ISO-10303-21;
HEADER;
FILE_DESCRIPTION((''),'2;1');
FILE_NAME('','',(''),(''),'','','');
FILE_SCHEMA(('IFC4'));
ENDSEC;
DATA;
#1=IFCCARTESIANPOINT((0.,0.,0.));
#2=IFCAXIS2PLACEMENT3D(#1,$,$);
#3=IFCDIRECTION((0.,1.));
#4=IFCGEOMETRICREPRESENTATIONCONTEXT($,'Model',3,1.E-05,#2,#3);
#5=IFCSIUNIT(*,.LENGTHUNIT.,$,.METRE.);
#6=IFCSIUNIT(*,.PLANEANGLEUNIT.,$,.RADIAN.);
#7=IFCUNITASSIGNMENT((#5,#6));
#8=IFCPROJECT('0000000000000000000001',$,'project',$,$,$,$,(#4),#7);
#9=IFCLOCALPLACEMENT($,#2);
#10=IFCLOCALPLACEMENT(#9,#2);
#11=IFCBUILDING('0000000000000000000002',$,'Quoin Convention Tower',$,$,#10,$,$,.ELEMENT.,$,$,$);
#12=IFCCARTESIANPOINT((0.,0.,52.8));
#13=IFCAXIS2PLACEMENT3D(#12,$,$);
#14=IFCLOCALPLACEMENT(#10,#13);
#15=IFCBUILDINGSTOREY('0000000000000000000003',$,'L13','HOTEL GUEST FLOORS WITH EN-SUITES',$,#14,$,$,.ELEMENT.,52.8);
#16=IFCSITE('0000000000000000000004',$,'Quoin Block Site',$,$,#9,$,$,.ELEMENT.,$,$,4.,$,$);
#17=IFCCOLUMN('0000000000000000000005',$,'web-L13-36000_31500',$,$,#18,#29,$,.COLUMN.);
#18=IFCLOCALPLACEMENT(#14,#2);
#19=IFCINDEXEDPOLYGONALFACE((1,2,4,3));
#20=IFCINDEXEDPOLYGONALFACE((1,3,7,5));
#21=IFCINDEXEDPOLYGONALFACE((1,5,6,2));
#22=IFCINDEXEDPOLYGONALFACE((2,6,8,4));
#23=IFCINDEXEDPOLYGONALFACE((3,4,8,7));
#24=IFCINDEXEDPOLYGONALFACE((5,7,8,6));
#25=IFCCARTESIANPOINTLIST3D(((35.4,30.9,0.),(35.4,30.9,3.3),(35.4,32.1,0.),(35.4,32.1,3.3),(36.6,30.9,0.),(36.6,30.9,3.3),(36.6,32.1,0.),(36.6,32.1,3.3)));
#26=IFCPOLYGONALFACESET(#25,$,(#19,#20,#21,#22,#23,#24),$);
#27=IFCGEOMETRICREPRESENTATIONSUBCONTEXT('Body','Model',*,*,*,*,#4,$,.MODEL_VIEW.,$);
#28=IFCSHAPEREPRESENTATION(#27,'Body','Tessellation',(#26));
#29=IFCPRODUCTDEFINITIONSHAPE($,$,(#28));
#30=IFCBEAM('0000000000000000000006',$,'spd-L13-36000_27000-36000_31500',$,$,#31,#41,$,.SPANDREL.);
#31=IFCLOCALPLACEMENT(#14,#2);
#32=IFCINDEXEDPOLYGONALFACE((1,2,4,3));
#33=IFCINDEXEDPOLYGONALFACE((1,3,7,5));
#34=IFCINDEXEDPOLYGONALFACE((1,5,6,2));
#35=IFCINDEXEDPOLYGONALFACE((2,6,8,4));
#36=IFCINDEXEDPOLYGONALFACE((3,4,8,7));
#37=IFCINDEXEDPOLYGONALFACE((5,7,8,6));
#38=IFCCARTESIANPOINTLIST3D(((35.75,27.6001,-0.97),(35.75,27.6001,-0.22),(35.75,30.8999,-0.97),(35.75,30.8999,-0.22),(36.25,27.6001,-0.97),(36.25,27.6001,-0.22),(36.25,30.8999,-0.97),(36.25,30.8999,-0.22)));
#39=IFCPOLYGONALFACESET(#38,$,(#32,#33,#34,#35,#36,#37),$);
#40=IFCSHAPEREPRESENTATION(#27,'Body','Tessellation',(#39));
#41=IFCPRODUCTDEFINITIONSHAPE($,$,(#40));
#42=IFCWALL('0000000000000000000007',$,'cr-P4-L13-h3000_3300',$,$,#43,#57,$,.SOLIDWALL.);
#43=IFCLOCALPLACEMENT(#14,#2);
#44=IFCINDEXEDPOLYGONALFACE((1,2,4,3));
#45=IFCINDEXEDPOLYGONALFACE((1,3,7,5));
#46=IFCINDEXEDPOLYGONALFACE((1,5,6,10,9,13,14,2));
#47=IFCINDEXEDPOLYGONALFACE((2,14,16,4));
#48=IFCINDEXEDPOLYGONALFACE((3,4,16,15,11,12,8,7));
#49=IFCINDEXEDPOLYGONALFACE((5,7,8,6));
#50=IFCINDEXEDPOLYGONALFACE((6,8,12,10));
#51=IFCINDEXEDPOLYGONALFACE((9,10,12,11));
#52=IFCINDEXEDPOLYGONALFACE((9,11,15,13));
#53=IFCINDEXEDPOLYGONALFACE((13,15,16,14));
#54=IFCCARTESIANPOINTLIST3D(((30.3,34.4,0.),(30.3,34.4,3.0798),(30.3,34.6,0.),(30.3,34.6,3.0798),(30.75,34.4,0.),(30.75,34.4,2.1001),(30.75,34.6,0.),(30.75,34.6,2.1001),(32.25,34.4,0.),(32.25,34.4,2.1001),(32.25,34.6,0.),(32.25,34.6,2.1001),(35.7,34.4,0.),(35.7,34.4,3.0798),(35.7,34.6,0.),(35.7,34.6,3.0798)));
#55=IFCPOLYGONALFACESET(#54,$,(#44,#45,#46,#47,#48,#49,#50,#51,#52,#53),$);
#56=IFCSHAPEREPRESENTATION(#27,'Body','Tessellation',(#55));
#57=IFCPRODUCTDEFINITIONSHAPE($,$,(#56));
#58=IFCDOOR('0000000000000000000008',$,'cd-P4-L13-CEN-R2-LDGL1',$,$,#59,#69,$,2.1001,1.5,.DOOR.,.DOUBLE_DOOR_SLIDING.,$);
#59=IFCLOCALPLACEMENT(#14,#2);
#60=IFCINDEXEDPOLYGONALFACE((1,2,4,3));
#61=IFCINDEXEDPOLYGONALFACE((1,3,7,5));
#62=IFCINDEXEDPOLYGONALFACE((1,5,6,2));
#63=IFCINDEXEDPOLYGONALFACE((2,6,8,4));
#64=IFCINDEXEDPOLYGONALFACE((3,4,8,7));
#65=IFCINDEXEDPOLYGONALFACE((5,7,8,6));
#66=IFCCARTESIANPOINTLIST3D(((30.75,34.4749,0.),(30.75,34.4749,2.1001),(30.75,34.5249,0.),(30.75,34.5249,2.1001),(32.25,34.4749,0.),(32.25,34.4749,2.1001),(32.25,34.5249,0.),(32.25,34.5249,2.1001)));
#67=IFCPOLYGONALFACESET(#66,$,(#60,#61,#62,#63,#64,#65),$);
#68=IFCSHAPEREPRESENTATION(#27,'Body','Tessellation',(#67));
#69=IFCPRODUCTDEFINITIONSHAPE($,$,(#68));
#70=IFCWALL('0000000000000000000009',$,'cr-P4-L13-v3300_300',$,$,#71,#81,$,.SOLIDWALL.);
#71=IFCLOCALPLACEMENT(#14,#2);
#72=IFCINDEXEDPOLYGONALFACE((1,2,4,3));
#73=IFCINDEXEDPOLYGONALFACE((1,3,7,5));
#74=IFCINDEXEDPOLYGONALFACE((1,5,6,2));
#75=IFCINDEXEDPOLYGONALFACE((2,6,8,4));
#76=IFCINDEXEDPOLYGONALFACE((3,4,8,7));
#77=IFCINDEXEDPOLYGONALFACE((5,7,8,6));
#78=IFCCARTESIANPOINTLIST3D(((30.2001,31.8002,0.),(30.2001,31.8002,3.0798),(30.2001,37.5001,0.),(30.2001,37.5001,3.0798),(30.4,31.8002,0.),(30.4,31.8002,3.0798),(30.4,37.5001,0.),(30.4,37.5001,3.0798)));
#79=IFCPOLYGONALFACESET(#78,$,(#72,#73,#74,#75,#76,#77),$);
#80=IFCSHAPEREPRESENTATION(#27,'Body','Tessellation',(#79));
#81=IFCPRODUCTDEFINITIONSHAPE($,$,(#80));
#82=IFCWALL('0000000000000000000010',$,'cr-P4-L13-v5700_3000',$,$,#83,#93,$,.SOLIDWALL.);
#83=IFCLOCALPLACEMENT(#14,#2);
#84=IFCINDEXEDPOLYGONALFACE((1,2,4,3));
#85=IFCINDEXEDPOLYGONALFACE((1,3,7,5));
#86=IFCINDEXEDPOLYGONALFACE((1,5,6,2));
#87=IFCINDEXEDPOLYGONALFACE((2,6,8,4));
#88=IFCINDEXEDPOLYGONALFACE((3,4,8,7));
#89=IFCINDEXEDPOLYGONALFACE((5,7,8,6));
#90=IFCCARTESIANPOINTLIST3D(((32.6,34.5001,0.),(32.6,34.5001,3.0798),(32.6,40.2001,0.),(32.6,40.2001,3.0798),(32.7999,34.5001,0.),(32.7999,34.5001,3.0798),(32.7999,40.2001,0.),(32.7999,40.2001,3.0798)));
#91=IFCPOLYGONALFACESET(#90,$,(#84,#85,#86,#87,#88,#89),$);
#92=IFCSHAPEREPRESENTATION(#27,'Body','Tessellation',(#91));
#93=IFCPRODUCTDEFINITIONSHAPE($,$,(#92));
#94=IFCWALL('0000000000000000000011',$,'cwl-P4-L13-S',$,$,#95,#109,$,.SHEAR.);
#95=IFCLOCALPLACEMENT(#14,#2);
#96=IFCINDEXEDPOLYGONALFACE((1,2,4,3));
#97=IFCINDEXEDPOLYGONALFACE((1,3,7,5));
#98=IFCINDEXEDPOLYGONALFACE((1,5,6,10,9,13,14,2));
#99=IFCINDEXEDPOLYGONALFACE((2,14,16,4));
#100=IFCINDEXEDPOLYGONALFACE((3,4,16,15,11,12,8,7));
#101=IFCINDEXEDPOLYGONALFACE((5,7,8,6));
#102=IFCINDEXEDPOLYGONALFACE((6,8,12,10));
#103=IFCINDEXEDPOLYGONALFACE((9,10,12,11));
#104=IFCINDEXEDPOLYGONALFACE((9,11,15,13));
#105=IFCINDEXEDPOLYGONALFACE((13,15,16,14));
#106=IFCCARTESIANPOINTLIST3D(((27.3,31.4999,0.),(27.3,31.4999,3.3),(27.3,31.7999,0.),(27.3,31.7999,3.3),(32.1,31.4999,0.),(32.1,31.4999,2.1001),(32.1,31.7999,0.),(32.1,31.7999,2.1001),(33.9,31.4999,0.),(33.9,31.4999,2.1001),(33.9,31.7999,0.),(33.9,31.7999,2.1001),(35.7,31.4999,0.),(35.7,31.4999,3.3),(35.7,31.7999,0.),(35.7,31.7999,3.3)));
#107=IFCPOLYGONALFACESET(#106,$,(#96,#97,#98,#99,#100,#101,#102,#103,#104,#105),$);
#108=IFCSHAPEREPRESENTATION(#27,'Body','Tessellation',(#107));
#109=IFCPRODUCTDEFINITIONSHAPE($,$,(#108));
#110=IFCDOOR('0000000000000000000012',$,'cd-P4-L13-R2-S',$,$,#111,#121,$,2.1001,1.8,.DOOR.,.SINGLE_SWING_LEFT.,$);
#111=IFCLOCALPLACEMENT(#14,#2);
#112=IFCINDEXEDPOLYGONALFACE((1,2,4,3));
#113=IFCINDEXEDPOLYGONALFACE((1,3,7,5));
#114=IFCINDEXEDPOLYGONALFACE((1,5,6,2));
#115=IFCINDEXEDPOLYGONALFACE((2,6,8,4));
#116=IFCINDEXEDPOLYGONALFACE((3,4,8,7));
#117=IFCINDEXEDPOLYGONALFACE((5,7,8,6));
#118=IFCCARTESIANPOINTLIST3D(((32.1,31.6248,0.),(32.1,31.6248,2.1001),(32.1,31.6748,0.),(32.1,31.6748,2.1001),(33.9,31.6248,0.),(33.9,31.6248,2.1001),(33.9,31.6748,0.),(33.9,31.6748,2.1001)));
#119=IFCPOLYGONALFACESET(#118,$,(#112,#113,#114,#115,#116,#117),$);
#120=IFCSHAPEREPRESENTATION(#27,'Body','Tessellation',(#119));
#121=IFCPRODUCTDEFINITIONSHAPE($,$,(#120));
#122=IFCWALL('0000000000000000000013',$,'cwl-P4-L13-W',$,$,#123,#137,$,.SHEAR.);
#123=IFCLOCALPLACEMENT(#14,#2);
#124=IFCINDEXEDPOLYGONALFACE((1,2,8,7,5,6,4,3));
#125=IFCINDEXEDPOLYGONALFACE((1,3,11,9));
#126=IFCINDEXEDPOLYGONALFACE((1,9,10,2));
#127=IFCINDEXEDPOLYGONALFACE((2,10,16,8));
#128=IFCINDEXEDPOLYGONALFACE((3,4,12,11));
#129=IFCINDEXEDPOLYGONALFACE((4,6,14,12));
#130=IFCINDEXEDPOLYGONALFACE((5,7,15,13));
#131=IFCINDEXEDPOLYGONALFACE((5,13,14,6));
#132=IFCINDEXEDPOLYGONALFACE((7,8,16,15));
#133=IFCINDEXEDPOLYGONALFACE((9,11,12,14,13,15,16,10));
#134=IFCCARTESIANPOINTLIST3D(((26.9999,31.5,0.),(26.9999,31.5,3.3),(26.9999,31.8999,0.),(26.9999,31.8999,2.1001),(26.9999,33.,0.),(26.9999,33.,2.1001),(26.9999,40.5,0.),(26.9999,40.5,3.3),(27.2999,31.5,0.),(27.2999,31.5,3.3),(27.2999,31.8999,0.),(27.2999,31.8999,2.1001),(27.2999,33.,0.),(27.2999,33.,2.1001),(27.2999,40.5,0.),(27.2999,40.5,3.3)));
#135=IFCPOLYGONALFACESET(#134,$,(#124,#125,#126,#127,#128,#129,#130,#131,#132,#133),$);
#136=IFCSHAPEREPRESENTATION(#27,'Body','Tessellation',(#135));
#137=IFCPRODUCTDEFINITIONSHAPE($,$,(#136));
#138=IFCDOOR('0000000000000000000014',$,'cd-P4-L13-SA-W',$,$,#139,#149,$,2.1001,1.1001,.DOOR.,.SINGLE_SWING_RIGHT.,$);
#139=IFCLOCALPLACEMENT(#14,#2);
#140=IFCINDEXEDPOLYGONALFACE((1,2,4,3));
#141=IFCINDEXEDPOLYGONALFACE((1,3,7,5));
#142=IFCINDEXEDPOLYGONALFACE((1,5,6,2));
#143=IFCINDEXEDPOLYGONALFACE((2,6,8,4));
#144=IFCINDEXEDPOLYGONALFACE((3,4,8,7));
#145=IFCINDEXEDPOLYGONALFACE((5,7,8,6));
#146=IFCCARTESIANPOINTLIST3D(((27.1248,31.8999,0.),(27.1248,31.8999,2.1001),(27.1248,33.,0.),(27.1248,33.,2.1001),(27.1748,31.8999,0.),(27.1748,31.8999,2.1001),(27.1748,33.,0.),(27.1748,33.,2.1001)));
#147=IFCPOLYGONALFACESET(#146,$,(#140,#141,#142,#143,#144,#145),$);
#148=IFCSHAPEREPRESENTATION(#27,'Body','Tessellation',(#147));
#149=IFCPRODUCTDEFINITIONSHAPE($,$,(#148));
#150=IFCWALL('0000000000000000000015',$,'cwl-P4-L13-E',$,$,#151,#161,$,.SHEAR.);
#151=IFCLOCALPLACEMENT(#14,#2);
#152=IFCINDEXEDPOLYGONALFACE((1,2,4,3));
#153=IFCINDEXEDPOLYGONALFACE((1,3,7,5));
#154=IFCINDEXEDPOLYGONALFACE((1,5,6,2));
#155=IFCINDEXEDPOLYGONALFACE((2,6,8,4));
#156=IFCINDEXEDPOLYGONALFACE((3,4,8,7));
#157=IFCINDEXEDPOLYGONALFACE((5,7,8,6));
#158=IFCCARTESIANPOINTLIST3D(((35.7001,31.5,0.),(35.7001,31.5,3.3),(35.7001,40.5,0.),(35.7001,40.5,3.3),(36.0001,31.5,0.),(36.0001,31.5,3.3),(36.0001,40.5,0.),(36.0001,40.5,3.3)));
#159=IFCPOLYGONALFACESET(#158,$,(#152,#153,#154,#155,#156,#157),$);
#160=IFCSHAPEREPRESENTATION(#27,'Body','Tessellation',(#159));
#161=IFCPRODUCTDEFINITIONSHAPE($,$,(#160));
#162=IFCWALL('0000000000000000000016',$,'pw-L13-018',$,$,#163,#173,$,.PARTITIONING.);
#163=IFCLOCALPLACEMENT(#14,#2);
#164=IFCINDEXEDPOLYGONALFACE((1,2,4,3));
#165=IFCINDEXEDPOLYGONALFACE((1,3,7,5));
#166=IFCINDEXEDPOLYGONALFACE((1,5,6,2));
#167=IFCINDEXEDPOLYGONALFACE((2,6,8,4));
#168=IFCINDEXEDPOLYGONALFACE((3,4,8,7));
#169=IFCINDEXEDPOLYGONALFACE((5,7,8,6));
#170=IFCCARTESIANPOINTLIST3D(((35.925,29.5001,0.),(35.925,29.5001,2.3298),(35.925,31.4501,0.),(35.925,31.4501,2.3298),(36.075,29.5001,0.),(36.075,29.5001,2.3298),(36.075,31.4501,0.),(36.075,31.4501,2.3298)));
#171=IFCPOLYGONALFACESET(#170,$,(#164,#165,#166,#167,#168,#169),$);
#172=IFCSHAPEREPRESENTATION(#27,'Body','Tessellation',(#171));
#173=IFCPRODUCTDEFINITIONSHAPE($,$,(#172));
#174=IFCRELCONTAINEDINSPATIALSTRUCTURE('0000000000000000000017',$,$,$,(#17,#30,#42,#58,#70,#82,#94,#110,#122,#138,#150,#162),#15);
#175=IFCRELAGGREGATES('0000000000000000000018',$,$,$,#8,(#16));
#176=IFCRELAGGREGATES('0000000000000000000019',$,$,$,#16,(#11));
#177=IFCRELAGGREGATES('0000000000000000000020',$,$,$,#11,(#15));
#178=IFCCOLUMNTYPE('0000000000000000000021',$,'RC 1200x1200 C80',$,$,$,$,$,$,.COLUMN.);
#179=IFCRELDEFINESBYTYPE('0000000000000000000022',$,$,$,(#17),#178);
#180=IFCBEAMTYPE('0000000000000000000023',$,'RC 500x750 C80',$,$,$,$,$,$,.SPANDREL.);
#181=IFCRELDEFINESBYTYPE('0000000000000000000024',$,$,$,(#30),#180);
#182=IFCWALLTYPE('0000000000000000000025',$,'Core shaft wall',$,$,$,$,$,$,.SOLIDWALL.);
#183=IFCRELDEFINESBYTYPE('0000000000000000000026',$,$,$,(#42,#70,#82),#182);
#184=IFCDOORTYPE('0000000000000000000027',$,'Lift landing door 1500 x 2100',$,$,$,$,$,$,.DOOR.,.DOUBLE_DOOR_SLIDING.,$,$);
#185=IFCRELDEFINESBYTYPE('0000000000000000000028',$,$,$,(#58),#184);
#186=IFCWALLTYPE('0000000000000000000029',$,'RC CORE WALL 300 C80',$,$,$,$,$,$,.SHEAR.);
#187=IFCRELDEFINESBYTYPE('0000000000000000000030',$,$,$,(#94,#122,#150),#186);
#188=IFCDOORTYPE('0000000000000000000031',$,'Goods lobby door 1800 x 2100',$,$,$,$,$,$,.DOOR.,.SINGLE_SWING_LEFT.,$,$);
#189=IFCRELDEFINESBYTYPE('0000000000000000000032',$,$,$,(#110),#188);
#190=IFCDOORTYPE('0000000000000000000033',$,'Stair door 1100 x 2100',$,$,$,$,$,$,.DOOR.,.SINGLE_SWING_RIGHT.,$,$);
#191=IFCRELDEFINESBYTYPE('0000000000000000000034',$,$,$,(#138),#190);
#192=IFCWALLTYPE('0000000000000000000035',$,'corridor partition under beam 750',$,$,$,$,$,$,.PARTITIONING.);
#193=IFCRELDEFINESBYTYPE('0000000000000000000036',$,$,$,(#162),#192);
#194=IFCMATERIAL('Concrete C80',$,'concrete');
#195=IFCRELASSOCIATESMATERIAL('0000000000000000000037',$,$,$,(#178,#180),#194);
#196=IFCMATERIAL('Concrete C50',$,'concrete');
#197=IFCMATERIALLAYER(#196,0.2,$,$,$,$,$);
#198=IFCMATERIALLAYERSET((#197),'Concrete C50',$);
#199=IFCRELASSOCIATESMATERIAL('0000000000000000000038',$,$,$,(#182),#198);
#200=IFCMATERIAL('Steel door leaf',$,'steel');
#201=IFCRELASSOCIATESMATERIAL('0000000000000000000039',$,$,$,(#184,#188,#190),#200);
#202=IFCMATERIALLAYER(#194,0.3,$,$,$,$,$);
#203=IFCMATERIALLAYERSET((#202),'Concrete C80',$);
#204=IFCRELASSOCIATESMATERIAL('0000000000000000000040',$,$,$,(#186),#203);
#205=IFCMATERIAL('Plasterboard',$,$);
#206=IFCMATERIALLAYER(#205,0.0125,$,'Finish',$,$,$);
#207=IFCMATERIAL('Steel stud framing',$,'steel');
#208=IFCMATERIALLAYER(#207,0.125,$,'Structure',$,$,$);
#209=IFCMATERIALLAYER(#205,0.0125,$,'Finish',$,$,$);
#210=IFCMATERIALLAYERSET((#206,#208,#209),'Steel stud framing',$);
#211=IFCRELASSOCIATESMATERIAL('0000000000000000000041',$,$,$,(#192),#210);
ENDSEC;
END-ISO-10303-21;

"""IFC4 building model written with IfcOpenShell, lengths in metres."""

from ifc_helpers import new_model, si_unit, direction, frame, frame_2d, origin, origin_2d, place, context, subcontext, project, spatial, rectangle, extrude, material, layer, layer_set, material_profile, profile_set, type_object, element, fill, save


model = new_model("IFC4")

# Units and contexts
model_context = context("Model", 3, precision=1e-05, world=origin(), true_north=direction((0.0, 1.0)))
body_context = subcontext(model_context, "Body", "Model", "MODEL_VIEW")
ifc_project = project(units=[si_unit("LENGTHUNIT", "METRE"), si_unit("PLANEANGLEUNIT", "RADIAN")], contexts=[model_context])

# Site, building, storey
site_placement = place(None, origin())
site = spatial("IfcSite", under=ifc_project, at=site_placement, Name="Quoin Block Site", CompositionType="ELEMENT", RefElevation=4.0)
building_placement = place(site_placement, origin())
building = spatial("IfcBuilding", under=site, at=building_placement, Name="Quoin Convention Tower", CompositionType="ELEMENT")
storey_placement = place(building_placement, frame((0.0, 0.0, 52.8)))
storey = spatial("IfcBuildingStorey", under=building, at=storey_placement, Name="L13", Description="HOTEL GUEST FLOORS WITH EN-SUITES", CompositionType="ELEMENT", Elevation=52.8)

# Column
ifc_material_1 = material(Name="Concrete C80", Category="concrete")
ifc_material_profile_1 = material_profile(ifc_material_1, rectangle(XDim=1.2, YDim=1.2, at=origin_2d()), Name="RC 1200x1200")
ifc_profile_set_1 = profile_set([ifc_material_profile_1], Name="Concrete C80")
column_type = type_object("IfcColumnType", Name="RC 1200x1200 C80", PredefinedType="COLUMN", material=ifc_profile_set_1)
column_placement = place(storey_placement, frame((36.0, 31.5, 0.0), z_axis=(0.0, 0.0, 1.0), x_axis=(1.0, 0.0, 0.0)))
element("IfcColumn", 1, at=column_placement, inside=storey, type_object=column_type, Name="web-L13-36000_31500", PredefinedType="COLUMN", context=body_context, shape_type="SweptSolid", body=[
    extrude(rectangle(XDim=1.2, YDim=1.2, at=origin_2d()), origin(), (0.0, 0.0, 1.0), 3.3),
])

# Beam
ifc_material_profile_2 = material_profile(ifc_material_1, rectangle(XDim=0.5, YDim=0.75, at=origin_2d()), Name="RC 500x750")
ifc_profile_set_2 = profile_set([ifc_material_profile_2], Name="Concrete C80")
beam_type = type_object("IfcBeamType", Name="RC 500x750 C80", PredefinedType="SPANDREL", material=ifc_profile_set_2)
beam_placement = place(storey_placement, frame((36.0, 27.6001, -0.595), z_axis=(0.0, 1.0, 0.0), x_axis=(-1.0, 0.0, 0.0)))
element("IfcBeam", 2, at=beam_placement, inside=storey, type_object=beam_type, Name="spd-L13-36000_27000-36000_31500", PredefinedType="SPANDREL", context=body_context, shape_type="SweptSolid", body=[
    extrude(rectangle(XDim=0.5, YDim=0.75, at=origin_2d()), origin(), (0.0, 0.0, 1.0), 3.2998),
])

# Wall, opening, door
ifc_material_2 = material(Name="Concrete C50", Category="concrete")
ifc_layer_1 = layer(ifc_material_2, 0.2)
ifc_layer_set_1 = layer_set([ifc_layer_1], Name="Concrete C50")
wall_type_1 = type_object("IfcWallType", Name="Core shaft wall", PredefinedType="SOLIDWALL", material=ifc_layer_set_1)
wall_1_placement = place(storey_placement, frame((30.3, 34.5, 0.0), z_axis=(0.0, 0.0, 1.0), x_axis=(1.0, 0.0, 0.0)))
wall_1 = element("IfcWall", 3, at=wall_1_placement, inside=storey, type_object=wall_type_1, Name="cr-P4-L13-h3000_3300", PredefinedType="SOLIDWALL", context=body_context, shape_type="SweptSolid", body=[
    extrude(rectangle(XDim=5.3999, YDim=0.2, at=frame_2d((2.7, 0.0))), origin(), (0.0, 0.0, 1.0), 3.0798),
])
opening_1_placement = place(wall_1_placement, frame((0.45, 0.0, 0.0)))
opening_1 = element("IfcOpeningElement", 4, at=opening_1_placement, cuts=wall_1, PredefinedType="OPENING", context=body_context, shape_type="SweptSolid", body=[
    extrude(rectangle(XDim=1.5, YDim=2.1001, at=frame_2d((0.75, 1.05))), frame((0.0, 0.1099, 0.0), z_axis=(0.0, -1.0, 0.0), x_axis=(1.0, 0.0, 0.0)), (0.0, 0.0, 1.0), 0.22),
])
ifc_material_3 = material(Name="Steel door leaf", Category="steel")
door_type_1 = type_object("IfcDoorType", Name="Lift landing door 1500 x 2100", OperationType="DOUBLE_DOOR_SLIDING", PredefinedType="DOOR", material=ifc_material_3)
door_1_placement = place(opening_1_placement, origin())
door_1 = element("IfcDoor", 5, at=door_1_placement, inside=storey, type_object=door_type_1, Name="cd-P4-L13-CEN-R2-LDGL1", OperationType="DOUBLE_DOOR_SLIDING", OverallHeight=2.1001, OverallWidth=1.5, PredefinedType="DOOR", context=body_context, shape_type="SweptSolid", body=[
    extrude(rectangle(XDim=1.5, YDim=2.1001, at=frame_2d((0.75, 1.05))), frame((0.0, 0.0249, 0.0), z_axis=(0.0, -1.0, 0.0), x_axis=(1.0, 0.0, 0.0)), (0.0, 0.0, 1.0), 0.05),
])
fill(opening_1, door_1)

# Walls
for number, where, z_axis, x_axis, name in (
    (6, (30.3, 31.8, 0.0), (0.0, 0.0, 1.0), (0.0, 1.0, 0.0), "cr-P4-L13-v3300_300"),
    (7, (32.7, 34.5, 0.0), (0.0, 0.0, 1.0), (0.0, 1.0, 0.0), "cr-P4-L13-v5700_3000"),
):
    element("IfcWall", number, at=place(storey_placement, frame(where, z_axis=z_axis, x_axis=x_axis)), inside=storey, type_object=wall_type_1, Name=name, PredefinedType="SOLIDWALL", context=body_context, shape_type="SweptSolid", body=[
        extrude(rectangle(XDim=5.7, YDim=0.2, at=frame_2d((2.8501, 0.0))), origin(), (0.0, 0.0, 1.0), 3.0798),
    ])

# Walls, openings, doors
ifc_layer_2 = layer(ifc_material_1, 0.3)
ifc_layer_set_2 = layer_set([ifc_layer_2], Name="Concrete C80")
wall_type_2 = type_object("IfcWallType", Name="RC CORE WALL 300 C80", PredefinedType="SHEAR", material=ifc_layer_set_2)
wall_2_placement = place(storey_placement, frame((27.3, 31.6499, 0.0), z_axis=(0.0, 0.0, 1.0), x_axis=(1.0, 0.0, 0.0)))
wall_2 = element("IfcWall", 8, at=wall_2_placement, inside=storey, type_object=wall_type_2, Name="cwl-P4-L13-S", PredefinedType="SHEAR", context=body_context, shape_type="SweptSolid", body=[
    extrude(rectangle(XDim=8.3999, YDim=0.3, at=frame_2d((4.2, 0.0))), origin(), (0.0, 0.0, 1.0), 3.3),
])
opening_2_placement = place(wall_2_placement, frame((4.8, 0.0, 0.0)))
opening_2 = element("IfcOpeningElement", 9, at=opening_2_placement, cuts=wall_2, PredefinedType="OPENING", context=body_context, shape_type="SweptSolid", body=[
    extrude(rectangle(XDim=1.8, YDim=2.1001, at=frame_2d((0.8999, 1.05))), frame((0.0, 0.1599, 0.0), z_axis=(0.0, -1.0, 0.0), x_axis=(1.0, 0.0, 0.0)), (0.0, 0.0, 1.0), 0.3201),
])
door_type_2 = type_object("IfcDoorType", Name="Goods lobby door 1800 x 2100", OperationType="SINGLE_SWING_LEFT", PredefinedType="DOOR", material=ifc_material_3)
door_2_placement = place(opening_2_placement, origin())
door_2 = element("IfcDoor", 10, at=door_2_placement, inside=storey, type_object=door_type_2, Name="cd-P4-L13-R2-S", OperationType="SINGLE_SWING_LEFT", OverallHeight=2.1001, OverallWidth=1.8, PredefinedType="DOOR", context=body_context, shape_type="SweptSolid", body=[
    extrude(rectangle(XDim=1.8, YDim=2.1001, at=frame_2d((0.8999, 1.05))), frame((0.0, 0.0249, 0.0), z_axis=(0.0, -1.0, 0.0), x_axis=(1.0, 0.0, 0.0)), (0.0, 0.0, 1.0), 0.05),
])
fill(opening_2, door_2)
wall_3_placement = place(storey_placement, frame((27.1499, 31.5, 0.0), z_axis=(0.0, 0.0, 1.0), x_axis=(0.0, 1.0, 0.0)))
wall_3 = element("IfcWall", 11, at=wall_3_placement, inside=storey, type_object=wall_type_2, Name="cwl-P4-L13-W", PredefinedType="SHEAR", context=body_context, shape_type="SweptSolid", body=[
    extrude(rectangle(XDim=9.0, YDim=0.3, at=frame_2d((4.5, 0.0))), origin(), (0.0, 0.0, 1.0), 3.3),
])
opening_3_placement = place(wall_3_placement, frame((0.3999, 0.0, 0.0)))
opening_3 = element("IfcOpeningElement", 12, at=opening_3_placement, cuts=wall_3, PredefinedType="OPENING", context=body_context, shape_type="SweptSolid", body=[
    extrude(rectangle(XDim=1.1001, YDim=2.1001, at=frame_2d((0.55, 1.05))), frame((0.0, 0.1599, 0.0), z_axis=(0.0, -1.0, 0.0), x_axis=(1.0, 0.0, 0.0)), (0.0, 0.0, 1.0), 0.3201),
])
door_type_3 = type_object("IfcDoorType", Name="Stair door 1100 x 2100", OperationType="SINGLE_SWING_RIGHT", PredefinedType="DOOR", material=ifc_material_3)
door_3_placement = place(opening_3_placement, frame((1.1001, 0.0, 0.0), z_axis=(0.0, 0.0, 1.0), x_axis=(-1.0, 0.0, 0.0)))
door_3 = element("IfcDoor", 13, at=door_3_placement, inside=storey, type_object=door_type_3, Name="cd-P4-L13-SA-W", OperationType="SINGLE_SWING_RIGHT", OverallHeight=2.1001, OverallWidth=1.1001, PredefinedType="DOOR", context=body_context, shape_type="SweptSolid", body=[
    extrude(rectangle(XDim=1.1001, YDim=2.1001, at=frame_2d((0.55, 1.05))), frame((0.0, 0.0249, 0.0), z_axis=(0.0, -1.0, 0.0), x_axis=(1.0, 0.0, 0.0)), (0.0, 0.0, 1.0), 0.05),
])
fill(opening_3, door_3)

# Walls
wall_4_placement = place(storey_placement, frame((35.8501, 31.5, 0.0), z_axis=(0.0, 0.0, 1.0), x_axis=(0.0, 1.0, 0.0)))
element("IfcWall", 14, at=wall_4_placement, inside=storey, type_object=wall_type_2, Name="cwl-P4-L13-E", PredefinedType="SHEAR", context=body_context, shape_type="SweptSolid", body=[
    extrude(rectangle(XDim=9.0, YDim=0.3, at=frame_2d((4.5, 0.0))), origin(), (0.0, 0.0, 1.0), 3.3),
])
ifc_material_4 = material(Name="Plasterboard")
ifc_layer_3 = layer(ifc_material_4, 0.0125, Name="Finish")
ifc_material_5 = material(Name="Steel stud framing", Category="steel")
ifc_layer_4 = layer(ifc_material_5, 0.125, Name="Structure")
ifc_layer_5 = layer(ifc_material_4, 0.0125, Name="Finish")
ifc_layer_set_3 = layer_set([ifc_layer_3, ifc_layer_4, ifc_layer_5], Name="Steel stud framing")
wall_type_3 = type_object("IfcWallType", Name="corridor partition under beam 750", PredefinedType="PARTITIONING", material=ifc_layer_set_3)
wall_5_placement = place(storey_placement, frame((36.0, 29.5, 0.0), z_axis=(0.0, 0.0, 1.0), x_axis=(0.0, 1.0, 0.0)))
element("IfcWall", 15, at=wall_5_placement, inside=storey, type_object=wall_type_3, Name="pw-L13-018", PredefinedType="PARTITIONING", context=body_context, shape_type="SweptSolid", body=[
    extrude(rectangle(XDim=1.95, YDim=0.1499, at=frame_2d((0.9751, 0.0))), origin(), (0.0, 0.0, 1.0), 2.3298),
])

save(model, "model.ifc")
